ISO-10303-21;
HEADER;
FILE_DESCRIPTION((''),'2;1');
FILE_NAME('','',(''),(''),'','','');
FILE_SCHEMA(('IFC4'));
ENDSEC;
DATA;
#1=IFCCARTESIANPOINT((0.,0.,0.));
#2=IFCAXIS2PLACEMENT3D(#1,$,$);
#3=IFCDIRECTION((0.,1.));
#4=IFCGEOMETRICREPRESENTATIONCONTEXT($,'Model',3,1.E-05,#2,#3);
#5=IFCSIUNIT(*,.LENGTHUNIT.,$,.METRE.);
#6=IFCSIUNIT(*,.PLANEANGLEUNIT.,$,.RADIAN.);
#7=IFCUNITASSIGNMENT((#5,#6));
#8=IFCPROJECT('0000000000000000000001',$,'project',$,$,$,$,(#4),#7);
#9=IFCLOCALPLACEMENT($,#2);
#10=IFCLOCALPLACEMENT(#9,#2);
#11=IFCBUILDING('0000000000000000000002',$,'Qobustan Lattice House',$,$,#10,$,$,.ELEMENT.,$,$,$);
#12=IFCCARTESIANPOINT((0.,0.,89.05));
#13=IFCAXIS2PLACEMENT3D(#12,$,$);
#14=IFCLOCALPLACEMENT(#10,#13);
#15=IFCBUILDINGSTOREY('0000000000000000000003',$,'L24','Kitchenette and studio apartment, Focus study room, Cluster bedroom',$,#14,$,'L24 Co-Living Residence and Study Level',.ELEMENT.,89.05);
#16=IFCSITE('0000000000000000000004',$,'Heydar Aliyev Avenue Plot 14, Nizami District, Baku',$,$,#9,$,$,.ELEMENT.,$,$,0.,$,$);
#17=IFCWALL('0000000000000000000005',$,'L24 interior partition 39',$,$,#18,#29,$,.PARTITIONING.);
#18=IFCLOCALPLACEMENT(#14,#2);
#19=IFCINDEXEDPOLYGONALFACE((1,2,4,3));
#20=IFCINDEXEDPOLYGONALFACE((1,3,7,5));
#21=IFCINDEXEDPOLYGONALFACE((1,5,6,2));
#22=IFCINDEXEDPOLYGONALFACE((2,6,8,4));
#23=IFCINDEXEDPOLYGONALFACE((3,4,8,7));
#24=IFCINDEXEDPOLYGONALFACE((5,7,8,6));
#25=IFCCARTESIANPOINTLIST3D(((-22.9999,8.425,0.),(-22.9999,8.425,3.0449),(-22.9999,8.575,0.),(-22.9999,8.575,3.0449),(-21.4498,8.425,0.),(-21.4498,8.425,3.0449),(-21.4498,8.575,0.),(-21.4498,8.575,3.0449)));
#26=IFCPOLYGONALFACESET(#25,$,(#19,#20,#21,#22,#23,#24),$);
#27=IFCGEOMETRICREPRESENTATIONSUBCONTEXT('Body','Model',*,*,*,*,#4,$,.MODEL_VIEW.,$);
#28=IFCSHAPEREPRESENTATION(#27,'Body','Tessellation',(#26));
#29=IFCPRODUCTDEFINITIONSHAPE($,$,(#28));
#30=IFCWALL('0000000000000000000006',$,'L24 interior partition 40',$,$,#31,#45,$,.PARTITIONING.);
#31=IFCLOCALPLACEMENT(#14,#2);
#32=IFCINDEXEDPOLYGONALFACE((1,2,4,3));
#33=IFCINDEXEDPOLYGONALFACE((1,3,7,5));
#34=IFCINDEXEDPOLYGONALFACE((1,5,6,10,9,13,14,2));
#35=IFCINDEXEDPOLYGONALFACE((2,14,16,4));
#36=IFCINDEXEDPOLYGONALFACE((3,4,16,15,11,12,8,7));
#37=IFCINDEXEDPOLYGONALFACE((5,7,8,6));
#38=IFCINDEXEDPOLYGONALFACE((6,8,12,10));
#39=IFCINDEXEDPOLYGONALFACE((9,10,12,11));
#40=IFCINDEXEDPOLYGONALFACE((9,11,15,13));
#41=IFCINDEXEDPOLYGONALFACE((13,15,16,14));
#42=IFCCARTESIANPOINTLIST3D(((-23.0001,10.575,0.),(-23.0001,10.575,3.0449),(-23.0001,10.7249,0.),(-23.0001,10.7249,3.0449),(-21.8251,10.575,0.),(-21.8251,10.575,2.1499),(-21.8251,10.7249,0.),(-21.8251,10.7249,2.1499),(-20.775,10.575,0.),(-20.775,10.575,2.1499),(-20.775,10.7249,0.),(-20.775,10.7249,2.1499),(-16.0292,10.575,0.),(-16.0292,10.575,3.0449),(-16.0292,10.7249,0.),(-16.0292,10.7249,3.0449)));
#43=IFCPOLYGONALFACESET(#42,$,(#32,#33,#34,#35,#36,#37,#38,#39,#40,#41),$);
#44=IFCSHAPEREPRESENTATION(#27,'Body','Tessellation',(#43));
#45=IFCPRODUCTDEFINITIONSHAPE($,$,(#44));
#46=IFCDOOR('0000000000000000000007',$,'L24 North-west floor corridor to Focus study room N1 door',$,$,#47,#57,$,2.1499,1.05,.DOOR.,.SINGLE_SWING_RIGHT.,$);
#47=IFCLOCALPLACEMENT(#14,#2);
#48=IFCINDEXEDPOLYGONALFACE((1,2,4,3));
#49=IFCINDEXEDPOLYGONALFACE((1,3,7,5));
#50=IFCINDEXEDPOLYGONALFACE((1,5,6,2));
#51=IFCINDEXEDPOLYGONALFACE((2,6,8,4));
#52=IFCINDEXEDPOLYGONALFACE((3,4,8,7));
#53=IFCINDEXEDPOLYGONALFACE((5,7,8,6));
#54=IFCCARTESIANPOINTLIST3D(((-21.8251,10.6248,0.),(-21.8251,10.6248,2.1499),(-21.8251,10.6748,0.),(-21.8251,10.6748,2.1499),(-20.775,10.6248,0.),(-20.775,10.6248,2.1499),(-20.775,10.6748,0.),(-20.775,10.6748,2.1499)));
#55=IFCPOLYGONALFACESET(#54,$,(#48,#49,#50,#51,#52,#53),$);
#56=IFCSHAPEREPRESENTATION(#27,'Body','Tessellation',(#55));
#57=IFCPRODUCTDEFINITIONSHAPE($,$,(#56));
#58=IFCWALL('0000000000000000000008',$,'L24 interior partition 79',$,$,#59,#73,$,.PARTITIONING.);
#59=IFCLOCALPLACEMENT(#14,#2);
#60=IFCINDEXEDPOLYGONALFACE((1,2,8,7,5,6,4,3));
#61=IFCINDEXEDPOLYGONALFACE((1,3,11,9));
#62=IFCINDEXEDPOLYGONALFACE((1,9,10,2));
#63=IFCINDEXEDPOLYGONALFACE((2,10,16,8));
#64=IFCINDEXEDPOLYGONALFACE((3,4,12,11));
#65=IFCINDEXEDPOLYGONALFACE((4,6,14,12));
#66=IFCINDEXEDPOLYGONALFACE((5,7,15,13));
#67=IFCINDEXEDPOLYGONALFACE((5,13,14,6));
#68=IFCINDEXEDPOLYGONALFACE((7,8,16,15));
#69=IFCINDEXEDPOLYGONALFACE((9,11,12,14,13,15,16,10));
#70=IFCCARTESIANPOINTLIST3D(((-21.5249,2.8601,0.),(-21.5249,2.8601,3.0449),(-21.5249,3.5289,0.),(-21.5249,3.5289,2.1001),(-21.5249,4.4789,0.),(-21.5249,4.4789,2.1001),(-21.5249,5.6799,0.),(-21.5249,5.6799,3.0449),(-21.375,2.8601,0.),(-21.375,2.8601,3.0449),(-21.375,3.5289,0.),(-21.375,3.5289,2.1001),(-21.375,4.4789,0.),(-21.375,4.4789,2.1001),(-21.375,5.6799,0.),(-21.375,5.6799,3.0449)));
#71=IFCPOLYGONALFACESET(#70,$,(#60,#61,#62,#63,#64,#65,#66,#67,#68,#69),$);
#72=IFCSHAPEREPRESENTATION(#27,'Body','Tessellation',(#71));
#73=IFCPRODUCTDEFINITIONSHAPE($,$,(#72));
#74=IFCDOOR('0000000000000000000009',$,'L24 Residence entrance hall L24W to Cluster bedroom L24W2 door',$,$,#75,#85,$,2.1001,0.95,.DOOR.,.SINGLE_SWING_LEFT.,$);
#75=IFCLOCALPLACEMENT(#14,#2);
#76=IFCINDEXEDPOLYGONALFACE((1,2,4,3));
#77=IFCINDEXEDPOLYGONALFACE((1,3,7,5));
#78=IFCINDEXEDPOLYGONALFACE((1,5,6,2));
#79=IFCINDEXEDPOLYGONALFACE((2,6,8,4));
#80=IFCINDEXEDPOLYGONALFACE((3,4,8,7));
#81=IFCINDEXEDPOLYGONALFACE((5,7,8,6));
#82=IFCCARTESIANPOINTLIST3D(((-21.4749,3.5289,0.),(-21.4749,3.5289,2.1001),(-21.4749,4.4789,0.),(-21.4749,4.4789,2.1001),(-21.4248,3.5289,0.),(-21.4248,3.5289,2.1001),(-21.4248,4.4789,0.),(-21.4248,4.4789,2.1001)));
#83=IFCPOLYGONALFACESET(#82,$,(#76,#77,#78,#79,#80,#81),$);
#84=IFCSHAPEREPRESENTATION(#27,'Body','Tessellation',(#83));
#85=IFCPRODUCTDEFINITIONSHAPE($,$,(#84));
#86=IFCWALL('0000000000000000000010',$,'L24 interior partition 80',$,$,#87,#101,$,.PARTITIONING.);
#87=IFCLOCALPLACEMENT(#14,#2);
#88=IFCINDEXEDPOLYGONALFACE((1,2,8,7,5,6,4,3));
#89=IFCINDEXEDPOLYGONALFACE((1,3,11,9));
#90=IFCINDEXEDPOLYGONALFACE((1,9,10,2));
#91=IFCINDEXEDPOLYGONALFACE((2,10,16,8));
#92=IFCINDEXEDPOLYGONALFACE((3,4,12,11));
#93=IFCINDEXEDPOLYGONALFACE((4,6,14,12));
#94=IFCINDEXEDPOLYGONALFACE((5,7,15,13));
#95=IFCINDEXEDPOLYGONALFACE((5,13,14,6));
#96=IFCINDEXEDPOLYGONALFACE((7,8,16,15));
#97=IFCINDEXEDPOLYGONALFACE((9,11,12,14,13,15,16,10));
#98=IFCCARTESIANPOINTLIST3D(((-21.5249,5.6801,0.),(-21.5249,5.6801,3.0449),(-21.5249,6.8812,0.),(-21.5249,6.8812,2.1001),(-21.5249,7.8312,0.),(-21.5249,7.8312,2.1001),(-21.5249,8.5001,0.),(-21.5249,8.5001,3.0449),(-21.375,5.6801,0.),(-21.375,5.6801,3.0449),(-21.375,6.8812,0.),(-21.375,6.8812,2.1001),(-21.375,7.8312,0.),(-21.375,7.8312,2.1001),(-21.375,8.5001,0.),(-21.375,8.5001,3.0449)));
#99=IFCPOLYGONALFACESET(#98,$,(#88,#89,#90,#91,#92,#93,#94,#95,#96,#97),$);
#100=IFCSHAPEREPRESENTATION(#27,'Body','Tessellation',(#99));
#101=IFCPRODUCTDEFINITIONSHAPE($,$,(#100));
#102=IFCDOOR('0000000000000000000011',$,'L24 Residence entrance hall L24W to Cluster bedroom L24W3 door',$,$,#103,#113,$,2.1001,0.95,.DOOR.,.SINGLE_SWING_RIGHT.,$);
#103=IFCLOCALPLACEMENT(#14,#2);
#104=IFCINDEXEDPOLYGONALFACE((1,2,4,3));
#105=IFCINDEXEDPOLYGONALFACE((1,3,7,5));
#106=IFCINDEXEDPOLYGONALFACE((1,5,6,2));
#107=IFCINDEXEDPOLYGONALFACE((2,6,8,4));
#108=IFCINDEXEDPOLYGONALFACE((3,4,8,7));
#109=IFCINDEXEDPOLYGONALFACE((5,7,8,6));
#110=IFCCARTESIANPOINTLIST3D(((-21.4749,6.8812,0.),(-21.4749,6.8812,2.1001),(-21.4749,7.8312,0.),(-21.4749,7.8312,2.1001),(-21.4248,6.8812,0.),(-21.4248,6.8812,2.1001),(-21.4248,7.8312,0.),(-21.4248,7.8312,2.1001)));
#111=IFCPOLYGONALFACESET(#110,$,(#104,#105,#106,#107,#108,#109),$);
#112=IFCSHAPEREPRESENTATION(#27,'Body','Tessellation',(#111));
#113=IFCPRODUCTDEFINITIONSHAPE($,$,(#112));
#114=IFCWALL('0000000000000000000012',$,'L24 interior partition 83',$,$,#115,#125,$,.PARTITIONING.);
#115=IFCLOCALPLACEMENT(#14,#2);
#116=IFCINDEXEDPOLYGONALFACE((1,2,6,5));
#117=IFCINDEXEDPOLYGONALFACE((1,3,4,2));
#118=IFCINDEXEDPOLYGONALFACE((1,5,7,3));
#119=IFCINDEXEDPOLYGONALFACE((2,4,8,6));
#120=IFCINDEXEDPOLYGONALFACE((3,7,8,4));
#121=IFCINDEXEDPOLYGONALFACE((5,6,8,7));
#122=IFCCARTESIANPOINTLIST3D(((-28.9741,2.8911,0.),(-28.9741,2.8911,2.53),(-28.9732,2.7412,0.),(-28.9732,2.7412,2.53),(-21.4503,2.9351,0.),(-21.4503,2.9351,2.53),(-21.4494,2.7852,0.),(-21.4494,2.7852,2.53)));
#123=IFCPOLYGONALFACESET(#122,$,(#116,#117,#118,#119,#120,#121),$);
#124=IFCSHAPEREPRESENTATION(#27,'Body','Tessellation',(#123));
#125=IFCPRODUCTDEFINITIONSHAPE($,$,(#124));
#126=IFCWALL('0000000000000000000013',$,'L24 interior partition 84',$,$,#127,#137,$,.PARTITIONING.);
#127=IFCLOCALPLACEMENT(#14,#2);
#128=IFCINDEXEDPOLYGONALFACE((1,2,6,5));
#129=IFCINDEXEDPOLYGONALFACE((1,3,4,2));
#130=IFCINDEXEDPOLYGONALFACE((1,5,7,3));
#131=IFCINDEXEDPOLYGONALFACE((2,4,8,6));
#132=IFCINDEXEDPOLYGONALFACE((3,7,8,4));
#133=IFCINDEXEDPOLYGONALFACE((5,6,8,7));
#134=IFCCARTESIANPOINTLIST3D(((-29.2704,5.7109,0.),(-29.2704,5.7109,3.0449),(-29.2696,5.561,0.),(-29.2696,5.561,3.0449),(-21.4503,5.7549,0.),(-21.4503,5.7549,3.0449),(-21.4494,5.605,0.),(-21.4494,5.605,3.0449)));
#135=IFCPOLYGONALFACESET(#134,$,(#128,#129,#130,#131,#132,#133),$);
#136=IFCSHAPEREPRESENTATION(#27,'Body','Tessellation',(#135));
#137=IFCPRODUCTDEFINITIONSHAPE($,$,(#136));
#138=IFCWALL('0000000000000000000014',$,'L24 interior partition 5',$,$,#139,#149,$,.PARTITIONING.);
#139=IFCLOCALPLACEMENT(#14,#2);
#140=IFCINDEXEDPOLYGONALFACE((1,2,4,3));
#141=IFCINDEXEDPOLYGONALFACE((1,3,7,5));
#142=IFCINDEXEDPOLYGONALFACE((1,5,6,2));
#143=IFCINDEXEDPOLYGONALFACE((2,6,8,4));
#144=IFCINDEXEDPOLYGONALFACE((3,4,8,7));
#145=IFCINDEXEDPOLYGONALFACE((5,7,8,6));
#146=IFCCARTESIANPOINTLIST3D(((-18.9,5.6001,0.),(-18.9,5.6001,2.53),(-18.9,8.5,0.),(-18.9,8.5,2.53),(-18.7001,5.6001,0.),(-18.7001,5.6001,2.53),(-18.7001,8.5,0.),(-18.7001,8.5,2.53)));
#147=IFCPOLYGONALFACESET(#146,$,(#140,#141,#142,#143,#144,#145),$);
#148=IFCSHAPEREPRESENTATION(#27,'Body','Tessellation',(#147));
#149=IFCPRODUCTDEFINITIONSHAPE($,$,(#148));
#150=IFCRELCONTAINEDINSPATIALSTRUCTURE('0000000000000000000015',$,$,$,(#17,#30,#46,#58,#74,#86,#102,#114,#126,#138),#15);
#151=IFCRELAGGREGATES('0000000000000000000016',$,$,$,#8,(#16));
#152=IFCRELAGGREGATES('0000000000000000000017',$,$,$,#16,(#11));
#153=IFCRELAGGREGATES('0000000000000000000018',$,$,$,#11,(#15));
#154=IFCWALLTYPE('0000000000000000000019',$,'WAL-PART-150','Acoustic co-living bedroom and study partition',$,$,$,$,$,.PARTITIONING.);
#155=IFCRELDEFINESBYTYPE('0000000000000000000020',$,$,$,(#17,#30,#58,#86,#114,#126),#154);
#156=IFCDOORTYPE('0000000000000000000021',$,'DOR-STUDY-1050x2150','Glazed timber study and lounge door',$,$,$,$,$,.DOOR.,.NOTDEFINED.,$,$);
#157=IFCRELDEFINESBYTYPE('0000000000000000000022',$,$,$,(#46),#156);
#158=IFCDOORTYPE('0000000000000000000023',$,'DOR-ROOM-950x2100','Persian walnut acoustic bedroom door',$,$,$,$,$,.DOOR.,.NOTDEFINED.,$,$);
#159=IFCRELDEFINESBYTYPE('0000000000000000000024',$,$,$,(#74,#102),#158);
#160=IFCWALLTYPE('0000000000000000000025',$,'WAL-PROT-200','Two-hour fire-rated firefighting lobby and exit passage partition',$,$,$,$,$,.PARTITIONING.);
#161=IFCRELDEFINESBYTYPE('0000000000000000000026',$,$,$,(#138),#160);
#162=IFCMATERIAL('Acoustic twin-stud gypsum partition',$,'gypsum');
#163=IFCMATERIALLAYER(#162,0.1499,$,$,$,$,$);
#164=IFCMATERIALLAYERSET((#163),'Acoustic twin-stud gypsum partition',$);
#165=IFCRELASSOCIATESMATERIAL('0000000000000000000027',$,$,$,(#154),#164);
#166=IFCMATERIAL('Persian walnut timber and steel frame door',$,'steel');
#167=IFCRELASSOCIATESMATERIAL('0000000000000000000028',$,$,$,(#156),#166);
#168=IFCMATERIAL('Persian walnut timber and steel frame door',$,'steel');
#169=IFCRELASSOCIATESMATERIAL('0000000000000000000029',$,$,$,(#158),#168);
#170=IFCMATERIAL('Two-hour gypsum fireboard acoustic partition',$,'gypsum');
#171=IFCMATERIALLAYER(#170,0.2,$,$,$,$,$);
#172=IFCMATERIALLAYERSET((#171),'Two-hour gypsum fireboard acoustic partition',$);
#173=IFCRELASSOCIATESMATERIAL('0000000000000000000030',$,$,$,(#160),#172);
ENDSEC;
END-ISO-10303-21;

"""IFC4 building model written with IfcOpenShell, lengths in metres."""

from ifc_helpers import new_model, si_unit, direction, frame, frame_2d, origin, place, context, subcontext, project, spatial, rectangle, extrude, material, layer, layer_set, type_object, element, fill, save


model = new_model("IFC4")

# Units and contexts
model_context = context("Model", 3, precision=1e-05, world=origin(), true_north=direction((0.0, 1.0)))
body_context = subcontext(model_context, "Body", "Model", "MODEL_VIEW")
ifc_project = project(units=[si_unit("LENGTHUNIT", "METRE"), si_unit("PLANEANGLEUNIT", "RADIAN")], contexts=[model_context])

# Site, building, storey
site_placement = place(None, origin())
site = spatial("IfcSite", under=ifc_project, at=site_placement, Name="Heydar Aliyev Avenue Plot 14, Nizami District, Baku", CompositionType="ELEMENT", RefElevation=0.0)
building_placement = place(site_placement, origin())
building = spatial("IfcBuilding", under=site, at=building_placement, Name="Qobustan Lattice House", CompositionType="ELEMENT")
storey_placement = place(building_placement, frame((0.0, 0.0, 89.05)))
storey = spatial("IfcBuildingStorey", under=building, at=storey_placement, Name="L24", Description="Kitchenette and studio apartment, Focus study room, Cluster bedroom", LongName="L24 Co-Living Residence and Study Level", CompositionType="ELEMENT", Elevation=89.05)

# Wall
ifc_material_1 = material(Name="Acoustic twin-stud gypsum partition", Category="gypsum")
ifc_layer_1 = layer(ifc_material_1, 0.1499)
ifc_layer_set_1 = layer_set([ifc_layer_1], Name="Acoustic twin-stud gypsum partition")
wall_type_1 = type_object("IfcWallType", Name="WAL-PART-150", Description="Acoustic co-living bedroom and study partition", PredefinedType="PARTITIONING", material=ifc_layer_set_1)
wall_1_placement = place(storey_placement, frame((-21.45, 8.5, 0.0), z_axis=(0.0, 0.0, 1.0), x_axis=(-1.0, 0.0, 0.0)))
element("IfcWall", 1, at=wall_1_placement, inside=storey, type_object=wall_type_1, Name="L24 interior partition 39", PredefinedType="PARTITIONING", context=body_context, shape_type="SweptSolid", body=[
    extrude(rectangle(XDim=1.55, YDim=0.1499, at=frame_2d((0.7749, 0.0))), origin(), (0.0, 0.0, 1.0), 3.0449),
])

# Walls, openings, doors
wall_2_placement = place(storey_placement, frame((-23.0, 10.6499, 0.0), z_axis=(0.0, 0.0, 1.0), x_axis=(1.0, 0.0, 0.0)))
wall_2 = element("IfcWall", 2, at=wall_2_placement, inside=storey, type_object=wall_type_1, Name="L24 interior partition 40", PredefinedType="PARTITIONING", context=body_context, shape_type="SweptSolid", body=[
    extrude(rectangle(XDim=6.9709, YDim=0.1499, at=frame_2d((3.4854, 0.0))), origin(), (0.0, 0.0, 1.0), 3.0449),
])
opening_1_placement = place(wall_2_placement, frame((1.175, 0.0, 0.0)))
opening_1 = element("IfcOpeningElement", 3, at=opening_1_placement, cuts=wall_2, PredefinedType="OPENING", context=body_context, shape_type="SweptSolid", body=[
    extrude(rectangle(XDim=1.05, YDim=2.1499, at=frame_2d((0.5249, 1.075))), frame((0.0, 0.085, 0.0), z_axis=(0.0, -1.0, 0.0), x_axis=(1.0, 0.0, 0.0)), (0.0, 0.0, 1.0), 0.1699),
])
ifc_material_2 = material(Name="Persian walnut timber and steel frame door", Category="steel")
door_type_1 = type_object("IfcDoorType", Name="DOR-STUDY-1050x2150", Description="Glazed timber study and lounge door", OperationType="NOTDEFINED", PredefinedType="DOOR", material=ifc_material_2)
door_1_placement = place(opening_1_placement, origin())
door_1 = element("IfcDoor", 4, at=door_1_placement, inside=storey, type_object=door_type_1, Name="L24 North-west floor corridor to Focus study room N1 door", OperationType="SINGLE_SWING_RIGHT", OverallHeight=2.1499, OverallWidth=1.05, PredefinedType="DOOR", context=body_context, shape_type="SweptSolid", body=[
    extrude(rectangle(XDim=1.05, YDim=2.1499, at=frame_2d((0.5249, 1.075))), frame((0.0, 0.0249, 0.0), z_axis=(0.0, -1.0, 0.0), x_axis=(1.0, 0.0, 0.0)), (0.0, 0.0, 1.0), 0.05),
])
fill(opening_1, door_1)
wall_3_placement = place(storey_placement, frame((-21.45, 2.8601, 0.0), z_axis=(0.0, 0.0, 1.0), x_axis=(0.0, 1.0, 0.0)))
wall_3 = element("IfcWall", 5, at=wall_3_placement, inside=storey, type_object=wall_type_1, Name="L24 interior partition 79", PredefinedType="PARTITIONING", context=body_context, shape_type="SweptSolid", body=[
    extrude(rectangle(XDim=2.8198, YDim=0.1499, at=frame_2d((1.4099, 0.0))), origin(), (0.0, 0.0, 1.0), 3.0449),
])
opening_2_placement = place(wall_3_placement, frame((0.6687, 0.0, 0.0)))
opening_2 = element("IfcOpeningElement", 6, at=opening_2_placement, cuts=wall_3, PredefinedType="OPENING", context=body_context, shape_type="SweptSolid", body=[
    extrude(rectangle(XDim=0.95, YDim=2.1001, at=frame_2d((0.4751, 1.05))), frame((0.0, 0.085, 0.0), z_axis=(0.0, -1.0, 0.0), x_axis=(1.0, 0.0, 0.0)), (0.0, 0.0, 1.0), 0.1699),
])
ifc_material_3 = material(Name="Persian walnut timber and steel frame door", Category="steel")
door_type_2 = type_object("IfcDoorType", Name="DOR-ROOM-950x2100", Description="Persian walnut acoustic bedroom door", OperationType="NOTDEFINED", PredefinedType="DOOR", material=ifc_material_3)
door_2_placement = place(opening_2_placement, origin())
door_2 = element("IfcDoor", 7, at=door_2_placement, inside=storey, type_object=door_type_2, Name="L24 Residence entrance hall L24W to Cluster bedroom L24W2 door", OperationType="SINGLE_SWING_LEFT", OverallHeight=2.1001, OverallWidth=0.95, PredefinedType="DOOR", context=body_context, shape_type="SweptSolid", body=[
    extrude(rectangle(XDim=0.95, YDim=2.1001, at=frame_2d((0.4751, 1.05))), frame((0.0, 0.0249, 0.0), z_axis=(0.0, -1.0, 0.0), x_axis=(1.0, 0.0, 0.0)), (0.0, 0.0, 1.0), 0.05),
])
fill(opening_2, door_2)
wall_4_placement = place(storey_placement, frame((-21.45, 5.6799, 0.0), z_axis=(0.0, 0.0, 1.0), x_axis=(0.0, 1.0, 0.0)))
wall_4 = element("IfcWall", 8, at=wall_4_placement, inside=storey, type_object=wall_type_1, Name="L24 interior partition 80", PredefinedType="PARTITIONING", context=body_context, shape_type="SweptSolid", body=[
    extrude(rectangle(XDim=2.8201, YDim=0.1499, at=frame_2d((1.4102, 0.0))), origin(), (0.0, 0.0, 1.0), 3.0449),
])
opening_3_placement = place(wall_4_placement, frame((1.2012, 0.0, 0.0)))
opening_3 = element("IfcOpeningElement", 9, at=opening_3_placement, cuts=wall_4, PredefinedType="OPENING", context=body_context, shape_type="SweptSolid", body=[
    extrude(rectangle(XDim=0.95, YDim=2.1001, at=frame_2d((0.4751, 1.05))), frame((0.0, 0.085, 0.0), z_axis=(0.0, -1.0, 0.0), x_axis=(1.0, 0.0, 0.0)), (0.0, 0.0, 1.0), 0.1699),
])
door_3_placement = place(opening_3_placement, origin())
door_3 = element("IfcDoor", 10, at=door_3_placement, inside=storey, type_object=door_type_2, Name="L24 Residence entrance hall L24W to Cluster bedroom L24W3 door", OperationType="SINGLE_SWING_RIGHT", OverallHeight=2.1001, OverallWidth=0.95, PredefinedType="DOOR", context=body_context, shape_type="SweptSolid", body=[
    extrude(rectangle(XDim=0.95, YDim=2.1001, at=frame_2d((0.4751, 1.05))), frame((0.0, 0.0249, 0.0), z_axis=(0.0, -1.0, 0.0), x_axis=(1.0, 0.0, 0.0)), (0.0, 0.0, 1.0), 0.05),
])
fill(opening_3, door_3)

# Walls
wall_5_placement = place(storey_placement, frame((-28.9736, 2.8162, 0.0), z_axis=(0.0, 0.0, 1.0), x_axis=(0.999983, 0.005841, 0.0)))
element("IfcWall", 11, at=wall_5_placement, inside=storey, type_object=wall_type_1, Name="L24 interior partition 83", PredefinedType="PARTITIONING", context=body_context, shape_type="SweptSolid", body=[
    extrude(rectangle(XDim=7.5239, YDim=0.1499, at=frame_2d((3.762, 0.0))), origin(), (0.0, 0.0, 1.0), 2.53),
])
wall_6_placement = place(storey_placement, frame((-29.27, 5.636, 0.0), z_axis=(0.0, 0.0, 1.0), x_axis=(0.999984, 0.005619, 0.0)))
element("IfcWall", 12, at=wall_6_placement, inside=storey, type_object=wall_type_1, Name="L24 interior partition 84", PredefinedType="PARTITIONING", context=body_context, shape_type="SweptSolid", body=[
    extrude(rectangle(XDim=7.8203, YDim=0.1499, at=frame_2d((3.9102, 0.0))), origin(), (0.0, 0.0, 1.0), 3.0449),
])
ifc_material_4 = material(Name="Two-hour gypsum fireboard acoustic partition", Category="gypsum")
ifc_layer_2 = layer(ifc_material_4, 0.2)
ifc_layer_set_2 = layer_set([ifc_layer_2], Name="Two-hour gypsum fireboard acoustic partition")
wall_type_2 = type_object("IfcWallType", Name="WAL-PROT-200", Description="Two-hour fire-rated firefighting lobby and exit passage partition", PredefinedType="PARTITIONING", material=ifc_layer_set_2)
wall_7_placement = place(storey_placement, frame((-18.8, 8.5, 0.0), z_axis=(0.0, 0.0, 1.0), x_axis=(0.0, -1.0, 0.0)))
element("IfcWall", 13, at=wall_7_placement, inside=storey, type_object=wall_type_2, Name="L24 interior partition 5", PredefinedType="PARTITIONING", context=body_context, shape_type="SweptSolid", body=[
    extrude(rectangle(XDim=2.8999, YDim=0.2, at=frame_2d((1.45, 0.0))), origin(), (0.0, 0.0, 1.0), 2.53),
])

save(model, "model.ifc")
